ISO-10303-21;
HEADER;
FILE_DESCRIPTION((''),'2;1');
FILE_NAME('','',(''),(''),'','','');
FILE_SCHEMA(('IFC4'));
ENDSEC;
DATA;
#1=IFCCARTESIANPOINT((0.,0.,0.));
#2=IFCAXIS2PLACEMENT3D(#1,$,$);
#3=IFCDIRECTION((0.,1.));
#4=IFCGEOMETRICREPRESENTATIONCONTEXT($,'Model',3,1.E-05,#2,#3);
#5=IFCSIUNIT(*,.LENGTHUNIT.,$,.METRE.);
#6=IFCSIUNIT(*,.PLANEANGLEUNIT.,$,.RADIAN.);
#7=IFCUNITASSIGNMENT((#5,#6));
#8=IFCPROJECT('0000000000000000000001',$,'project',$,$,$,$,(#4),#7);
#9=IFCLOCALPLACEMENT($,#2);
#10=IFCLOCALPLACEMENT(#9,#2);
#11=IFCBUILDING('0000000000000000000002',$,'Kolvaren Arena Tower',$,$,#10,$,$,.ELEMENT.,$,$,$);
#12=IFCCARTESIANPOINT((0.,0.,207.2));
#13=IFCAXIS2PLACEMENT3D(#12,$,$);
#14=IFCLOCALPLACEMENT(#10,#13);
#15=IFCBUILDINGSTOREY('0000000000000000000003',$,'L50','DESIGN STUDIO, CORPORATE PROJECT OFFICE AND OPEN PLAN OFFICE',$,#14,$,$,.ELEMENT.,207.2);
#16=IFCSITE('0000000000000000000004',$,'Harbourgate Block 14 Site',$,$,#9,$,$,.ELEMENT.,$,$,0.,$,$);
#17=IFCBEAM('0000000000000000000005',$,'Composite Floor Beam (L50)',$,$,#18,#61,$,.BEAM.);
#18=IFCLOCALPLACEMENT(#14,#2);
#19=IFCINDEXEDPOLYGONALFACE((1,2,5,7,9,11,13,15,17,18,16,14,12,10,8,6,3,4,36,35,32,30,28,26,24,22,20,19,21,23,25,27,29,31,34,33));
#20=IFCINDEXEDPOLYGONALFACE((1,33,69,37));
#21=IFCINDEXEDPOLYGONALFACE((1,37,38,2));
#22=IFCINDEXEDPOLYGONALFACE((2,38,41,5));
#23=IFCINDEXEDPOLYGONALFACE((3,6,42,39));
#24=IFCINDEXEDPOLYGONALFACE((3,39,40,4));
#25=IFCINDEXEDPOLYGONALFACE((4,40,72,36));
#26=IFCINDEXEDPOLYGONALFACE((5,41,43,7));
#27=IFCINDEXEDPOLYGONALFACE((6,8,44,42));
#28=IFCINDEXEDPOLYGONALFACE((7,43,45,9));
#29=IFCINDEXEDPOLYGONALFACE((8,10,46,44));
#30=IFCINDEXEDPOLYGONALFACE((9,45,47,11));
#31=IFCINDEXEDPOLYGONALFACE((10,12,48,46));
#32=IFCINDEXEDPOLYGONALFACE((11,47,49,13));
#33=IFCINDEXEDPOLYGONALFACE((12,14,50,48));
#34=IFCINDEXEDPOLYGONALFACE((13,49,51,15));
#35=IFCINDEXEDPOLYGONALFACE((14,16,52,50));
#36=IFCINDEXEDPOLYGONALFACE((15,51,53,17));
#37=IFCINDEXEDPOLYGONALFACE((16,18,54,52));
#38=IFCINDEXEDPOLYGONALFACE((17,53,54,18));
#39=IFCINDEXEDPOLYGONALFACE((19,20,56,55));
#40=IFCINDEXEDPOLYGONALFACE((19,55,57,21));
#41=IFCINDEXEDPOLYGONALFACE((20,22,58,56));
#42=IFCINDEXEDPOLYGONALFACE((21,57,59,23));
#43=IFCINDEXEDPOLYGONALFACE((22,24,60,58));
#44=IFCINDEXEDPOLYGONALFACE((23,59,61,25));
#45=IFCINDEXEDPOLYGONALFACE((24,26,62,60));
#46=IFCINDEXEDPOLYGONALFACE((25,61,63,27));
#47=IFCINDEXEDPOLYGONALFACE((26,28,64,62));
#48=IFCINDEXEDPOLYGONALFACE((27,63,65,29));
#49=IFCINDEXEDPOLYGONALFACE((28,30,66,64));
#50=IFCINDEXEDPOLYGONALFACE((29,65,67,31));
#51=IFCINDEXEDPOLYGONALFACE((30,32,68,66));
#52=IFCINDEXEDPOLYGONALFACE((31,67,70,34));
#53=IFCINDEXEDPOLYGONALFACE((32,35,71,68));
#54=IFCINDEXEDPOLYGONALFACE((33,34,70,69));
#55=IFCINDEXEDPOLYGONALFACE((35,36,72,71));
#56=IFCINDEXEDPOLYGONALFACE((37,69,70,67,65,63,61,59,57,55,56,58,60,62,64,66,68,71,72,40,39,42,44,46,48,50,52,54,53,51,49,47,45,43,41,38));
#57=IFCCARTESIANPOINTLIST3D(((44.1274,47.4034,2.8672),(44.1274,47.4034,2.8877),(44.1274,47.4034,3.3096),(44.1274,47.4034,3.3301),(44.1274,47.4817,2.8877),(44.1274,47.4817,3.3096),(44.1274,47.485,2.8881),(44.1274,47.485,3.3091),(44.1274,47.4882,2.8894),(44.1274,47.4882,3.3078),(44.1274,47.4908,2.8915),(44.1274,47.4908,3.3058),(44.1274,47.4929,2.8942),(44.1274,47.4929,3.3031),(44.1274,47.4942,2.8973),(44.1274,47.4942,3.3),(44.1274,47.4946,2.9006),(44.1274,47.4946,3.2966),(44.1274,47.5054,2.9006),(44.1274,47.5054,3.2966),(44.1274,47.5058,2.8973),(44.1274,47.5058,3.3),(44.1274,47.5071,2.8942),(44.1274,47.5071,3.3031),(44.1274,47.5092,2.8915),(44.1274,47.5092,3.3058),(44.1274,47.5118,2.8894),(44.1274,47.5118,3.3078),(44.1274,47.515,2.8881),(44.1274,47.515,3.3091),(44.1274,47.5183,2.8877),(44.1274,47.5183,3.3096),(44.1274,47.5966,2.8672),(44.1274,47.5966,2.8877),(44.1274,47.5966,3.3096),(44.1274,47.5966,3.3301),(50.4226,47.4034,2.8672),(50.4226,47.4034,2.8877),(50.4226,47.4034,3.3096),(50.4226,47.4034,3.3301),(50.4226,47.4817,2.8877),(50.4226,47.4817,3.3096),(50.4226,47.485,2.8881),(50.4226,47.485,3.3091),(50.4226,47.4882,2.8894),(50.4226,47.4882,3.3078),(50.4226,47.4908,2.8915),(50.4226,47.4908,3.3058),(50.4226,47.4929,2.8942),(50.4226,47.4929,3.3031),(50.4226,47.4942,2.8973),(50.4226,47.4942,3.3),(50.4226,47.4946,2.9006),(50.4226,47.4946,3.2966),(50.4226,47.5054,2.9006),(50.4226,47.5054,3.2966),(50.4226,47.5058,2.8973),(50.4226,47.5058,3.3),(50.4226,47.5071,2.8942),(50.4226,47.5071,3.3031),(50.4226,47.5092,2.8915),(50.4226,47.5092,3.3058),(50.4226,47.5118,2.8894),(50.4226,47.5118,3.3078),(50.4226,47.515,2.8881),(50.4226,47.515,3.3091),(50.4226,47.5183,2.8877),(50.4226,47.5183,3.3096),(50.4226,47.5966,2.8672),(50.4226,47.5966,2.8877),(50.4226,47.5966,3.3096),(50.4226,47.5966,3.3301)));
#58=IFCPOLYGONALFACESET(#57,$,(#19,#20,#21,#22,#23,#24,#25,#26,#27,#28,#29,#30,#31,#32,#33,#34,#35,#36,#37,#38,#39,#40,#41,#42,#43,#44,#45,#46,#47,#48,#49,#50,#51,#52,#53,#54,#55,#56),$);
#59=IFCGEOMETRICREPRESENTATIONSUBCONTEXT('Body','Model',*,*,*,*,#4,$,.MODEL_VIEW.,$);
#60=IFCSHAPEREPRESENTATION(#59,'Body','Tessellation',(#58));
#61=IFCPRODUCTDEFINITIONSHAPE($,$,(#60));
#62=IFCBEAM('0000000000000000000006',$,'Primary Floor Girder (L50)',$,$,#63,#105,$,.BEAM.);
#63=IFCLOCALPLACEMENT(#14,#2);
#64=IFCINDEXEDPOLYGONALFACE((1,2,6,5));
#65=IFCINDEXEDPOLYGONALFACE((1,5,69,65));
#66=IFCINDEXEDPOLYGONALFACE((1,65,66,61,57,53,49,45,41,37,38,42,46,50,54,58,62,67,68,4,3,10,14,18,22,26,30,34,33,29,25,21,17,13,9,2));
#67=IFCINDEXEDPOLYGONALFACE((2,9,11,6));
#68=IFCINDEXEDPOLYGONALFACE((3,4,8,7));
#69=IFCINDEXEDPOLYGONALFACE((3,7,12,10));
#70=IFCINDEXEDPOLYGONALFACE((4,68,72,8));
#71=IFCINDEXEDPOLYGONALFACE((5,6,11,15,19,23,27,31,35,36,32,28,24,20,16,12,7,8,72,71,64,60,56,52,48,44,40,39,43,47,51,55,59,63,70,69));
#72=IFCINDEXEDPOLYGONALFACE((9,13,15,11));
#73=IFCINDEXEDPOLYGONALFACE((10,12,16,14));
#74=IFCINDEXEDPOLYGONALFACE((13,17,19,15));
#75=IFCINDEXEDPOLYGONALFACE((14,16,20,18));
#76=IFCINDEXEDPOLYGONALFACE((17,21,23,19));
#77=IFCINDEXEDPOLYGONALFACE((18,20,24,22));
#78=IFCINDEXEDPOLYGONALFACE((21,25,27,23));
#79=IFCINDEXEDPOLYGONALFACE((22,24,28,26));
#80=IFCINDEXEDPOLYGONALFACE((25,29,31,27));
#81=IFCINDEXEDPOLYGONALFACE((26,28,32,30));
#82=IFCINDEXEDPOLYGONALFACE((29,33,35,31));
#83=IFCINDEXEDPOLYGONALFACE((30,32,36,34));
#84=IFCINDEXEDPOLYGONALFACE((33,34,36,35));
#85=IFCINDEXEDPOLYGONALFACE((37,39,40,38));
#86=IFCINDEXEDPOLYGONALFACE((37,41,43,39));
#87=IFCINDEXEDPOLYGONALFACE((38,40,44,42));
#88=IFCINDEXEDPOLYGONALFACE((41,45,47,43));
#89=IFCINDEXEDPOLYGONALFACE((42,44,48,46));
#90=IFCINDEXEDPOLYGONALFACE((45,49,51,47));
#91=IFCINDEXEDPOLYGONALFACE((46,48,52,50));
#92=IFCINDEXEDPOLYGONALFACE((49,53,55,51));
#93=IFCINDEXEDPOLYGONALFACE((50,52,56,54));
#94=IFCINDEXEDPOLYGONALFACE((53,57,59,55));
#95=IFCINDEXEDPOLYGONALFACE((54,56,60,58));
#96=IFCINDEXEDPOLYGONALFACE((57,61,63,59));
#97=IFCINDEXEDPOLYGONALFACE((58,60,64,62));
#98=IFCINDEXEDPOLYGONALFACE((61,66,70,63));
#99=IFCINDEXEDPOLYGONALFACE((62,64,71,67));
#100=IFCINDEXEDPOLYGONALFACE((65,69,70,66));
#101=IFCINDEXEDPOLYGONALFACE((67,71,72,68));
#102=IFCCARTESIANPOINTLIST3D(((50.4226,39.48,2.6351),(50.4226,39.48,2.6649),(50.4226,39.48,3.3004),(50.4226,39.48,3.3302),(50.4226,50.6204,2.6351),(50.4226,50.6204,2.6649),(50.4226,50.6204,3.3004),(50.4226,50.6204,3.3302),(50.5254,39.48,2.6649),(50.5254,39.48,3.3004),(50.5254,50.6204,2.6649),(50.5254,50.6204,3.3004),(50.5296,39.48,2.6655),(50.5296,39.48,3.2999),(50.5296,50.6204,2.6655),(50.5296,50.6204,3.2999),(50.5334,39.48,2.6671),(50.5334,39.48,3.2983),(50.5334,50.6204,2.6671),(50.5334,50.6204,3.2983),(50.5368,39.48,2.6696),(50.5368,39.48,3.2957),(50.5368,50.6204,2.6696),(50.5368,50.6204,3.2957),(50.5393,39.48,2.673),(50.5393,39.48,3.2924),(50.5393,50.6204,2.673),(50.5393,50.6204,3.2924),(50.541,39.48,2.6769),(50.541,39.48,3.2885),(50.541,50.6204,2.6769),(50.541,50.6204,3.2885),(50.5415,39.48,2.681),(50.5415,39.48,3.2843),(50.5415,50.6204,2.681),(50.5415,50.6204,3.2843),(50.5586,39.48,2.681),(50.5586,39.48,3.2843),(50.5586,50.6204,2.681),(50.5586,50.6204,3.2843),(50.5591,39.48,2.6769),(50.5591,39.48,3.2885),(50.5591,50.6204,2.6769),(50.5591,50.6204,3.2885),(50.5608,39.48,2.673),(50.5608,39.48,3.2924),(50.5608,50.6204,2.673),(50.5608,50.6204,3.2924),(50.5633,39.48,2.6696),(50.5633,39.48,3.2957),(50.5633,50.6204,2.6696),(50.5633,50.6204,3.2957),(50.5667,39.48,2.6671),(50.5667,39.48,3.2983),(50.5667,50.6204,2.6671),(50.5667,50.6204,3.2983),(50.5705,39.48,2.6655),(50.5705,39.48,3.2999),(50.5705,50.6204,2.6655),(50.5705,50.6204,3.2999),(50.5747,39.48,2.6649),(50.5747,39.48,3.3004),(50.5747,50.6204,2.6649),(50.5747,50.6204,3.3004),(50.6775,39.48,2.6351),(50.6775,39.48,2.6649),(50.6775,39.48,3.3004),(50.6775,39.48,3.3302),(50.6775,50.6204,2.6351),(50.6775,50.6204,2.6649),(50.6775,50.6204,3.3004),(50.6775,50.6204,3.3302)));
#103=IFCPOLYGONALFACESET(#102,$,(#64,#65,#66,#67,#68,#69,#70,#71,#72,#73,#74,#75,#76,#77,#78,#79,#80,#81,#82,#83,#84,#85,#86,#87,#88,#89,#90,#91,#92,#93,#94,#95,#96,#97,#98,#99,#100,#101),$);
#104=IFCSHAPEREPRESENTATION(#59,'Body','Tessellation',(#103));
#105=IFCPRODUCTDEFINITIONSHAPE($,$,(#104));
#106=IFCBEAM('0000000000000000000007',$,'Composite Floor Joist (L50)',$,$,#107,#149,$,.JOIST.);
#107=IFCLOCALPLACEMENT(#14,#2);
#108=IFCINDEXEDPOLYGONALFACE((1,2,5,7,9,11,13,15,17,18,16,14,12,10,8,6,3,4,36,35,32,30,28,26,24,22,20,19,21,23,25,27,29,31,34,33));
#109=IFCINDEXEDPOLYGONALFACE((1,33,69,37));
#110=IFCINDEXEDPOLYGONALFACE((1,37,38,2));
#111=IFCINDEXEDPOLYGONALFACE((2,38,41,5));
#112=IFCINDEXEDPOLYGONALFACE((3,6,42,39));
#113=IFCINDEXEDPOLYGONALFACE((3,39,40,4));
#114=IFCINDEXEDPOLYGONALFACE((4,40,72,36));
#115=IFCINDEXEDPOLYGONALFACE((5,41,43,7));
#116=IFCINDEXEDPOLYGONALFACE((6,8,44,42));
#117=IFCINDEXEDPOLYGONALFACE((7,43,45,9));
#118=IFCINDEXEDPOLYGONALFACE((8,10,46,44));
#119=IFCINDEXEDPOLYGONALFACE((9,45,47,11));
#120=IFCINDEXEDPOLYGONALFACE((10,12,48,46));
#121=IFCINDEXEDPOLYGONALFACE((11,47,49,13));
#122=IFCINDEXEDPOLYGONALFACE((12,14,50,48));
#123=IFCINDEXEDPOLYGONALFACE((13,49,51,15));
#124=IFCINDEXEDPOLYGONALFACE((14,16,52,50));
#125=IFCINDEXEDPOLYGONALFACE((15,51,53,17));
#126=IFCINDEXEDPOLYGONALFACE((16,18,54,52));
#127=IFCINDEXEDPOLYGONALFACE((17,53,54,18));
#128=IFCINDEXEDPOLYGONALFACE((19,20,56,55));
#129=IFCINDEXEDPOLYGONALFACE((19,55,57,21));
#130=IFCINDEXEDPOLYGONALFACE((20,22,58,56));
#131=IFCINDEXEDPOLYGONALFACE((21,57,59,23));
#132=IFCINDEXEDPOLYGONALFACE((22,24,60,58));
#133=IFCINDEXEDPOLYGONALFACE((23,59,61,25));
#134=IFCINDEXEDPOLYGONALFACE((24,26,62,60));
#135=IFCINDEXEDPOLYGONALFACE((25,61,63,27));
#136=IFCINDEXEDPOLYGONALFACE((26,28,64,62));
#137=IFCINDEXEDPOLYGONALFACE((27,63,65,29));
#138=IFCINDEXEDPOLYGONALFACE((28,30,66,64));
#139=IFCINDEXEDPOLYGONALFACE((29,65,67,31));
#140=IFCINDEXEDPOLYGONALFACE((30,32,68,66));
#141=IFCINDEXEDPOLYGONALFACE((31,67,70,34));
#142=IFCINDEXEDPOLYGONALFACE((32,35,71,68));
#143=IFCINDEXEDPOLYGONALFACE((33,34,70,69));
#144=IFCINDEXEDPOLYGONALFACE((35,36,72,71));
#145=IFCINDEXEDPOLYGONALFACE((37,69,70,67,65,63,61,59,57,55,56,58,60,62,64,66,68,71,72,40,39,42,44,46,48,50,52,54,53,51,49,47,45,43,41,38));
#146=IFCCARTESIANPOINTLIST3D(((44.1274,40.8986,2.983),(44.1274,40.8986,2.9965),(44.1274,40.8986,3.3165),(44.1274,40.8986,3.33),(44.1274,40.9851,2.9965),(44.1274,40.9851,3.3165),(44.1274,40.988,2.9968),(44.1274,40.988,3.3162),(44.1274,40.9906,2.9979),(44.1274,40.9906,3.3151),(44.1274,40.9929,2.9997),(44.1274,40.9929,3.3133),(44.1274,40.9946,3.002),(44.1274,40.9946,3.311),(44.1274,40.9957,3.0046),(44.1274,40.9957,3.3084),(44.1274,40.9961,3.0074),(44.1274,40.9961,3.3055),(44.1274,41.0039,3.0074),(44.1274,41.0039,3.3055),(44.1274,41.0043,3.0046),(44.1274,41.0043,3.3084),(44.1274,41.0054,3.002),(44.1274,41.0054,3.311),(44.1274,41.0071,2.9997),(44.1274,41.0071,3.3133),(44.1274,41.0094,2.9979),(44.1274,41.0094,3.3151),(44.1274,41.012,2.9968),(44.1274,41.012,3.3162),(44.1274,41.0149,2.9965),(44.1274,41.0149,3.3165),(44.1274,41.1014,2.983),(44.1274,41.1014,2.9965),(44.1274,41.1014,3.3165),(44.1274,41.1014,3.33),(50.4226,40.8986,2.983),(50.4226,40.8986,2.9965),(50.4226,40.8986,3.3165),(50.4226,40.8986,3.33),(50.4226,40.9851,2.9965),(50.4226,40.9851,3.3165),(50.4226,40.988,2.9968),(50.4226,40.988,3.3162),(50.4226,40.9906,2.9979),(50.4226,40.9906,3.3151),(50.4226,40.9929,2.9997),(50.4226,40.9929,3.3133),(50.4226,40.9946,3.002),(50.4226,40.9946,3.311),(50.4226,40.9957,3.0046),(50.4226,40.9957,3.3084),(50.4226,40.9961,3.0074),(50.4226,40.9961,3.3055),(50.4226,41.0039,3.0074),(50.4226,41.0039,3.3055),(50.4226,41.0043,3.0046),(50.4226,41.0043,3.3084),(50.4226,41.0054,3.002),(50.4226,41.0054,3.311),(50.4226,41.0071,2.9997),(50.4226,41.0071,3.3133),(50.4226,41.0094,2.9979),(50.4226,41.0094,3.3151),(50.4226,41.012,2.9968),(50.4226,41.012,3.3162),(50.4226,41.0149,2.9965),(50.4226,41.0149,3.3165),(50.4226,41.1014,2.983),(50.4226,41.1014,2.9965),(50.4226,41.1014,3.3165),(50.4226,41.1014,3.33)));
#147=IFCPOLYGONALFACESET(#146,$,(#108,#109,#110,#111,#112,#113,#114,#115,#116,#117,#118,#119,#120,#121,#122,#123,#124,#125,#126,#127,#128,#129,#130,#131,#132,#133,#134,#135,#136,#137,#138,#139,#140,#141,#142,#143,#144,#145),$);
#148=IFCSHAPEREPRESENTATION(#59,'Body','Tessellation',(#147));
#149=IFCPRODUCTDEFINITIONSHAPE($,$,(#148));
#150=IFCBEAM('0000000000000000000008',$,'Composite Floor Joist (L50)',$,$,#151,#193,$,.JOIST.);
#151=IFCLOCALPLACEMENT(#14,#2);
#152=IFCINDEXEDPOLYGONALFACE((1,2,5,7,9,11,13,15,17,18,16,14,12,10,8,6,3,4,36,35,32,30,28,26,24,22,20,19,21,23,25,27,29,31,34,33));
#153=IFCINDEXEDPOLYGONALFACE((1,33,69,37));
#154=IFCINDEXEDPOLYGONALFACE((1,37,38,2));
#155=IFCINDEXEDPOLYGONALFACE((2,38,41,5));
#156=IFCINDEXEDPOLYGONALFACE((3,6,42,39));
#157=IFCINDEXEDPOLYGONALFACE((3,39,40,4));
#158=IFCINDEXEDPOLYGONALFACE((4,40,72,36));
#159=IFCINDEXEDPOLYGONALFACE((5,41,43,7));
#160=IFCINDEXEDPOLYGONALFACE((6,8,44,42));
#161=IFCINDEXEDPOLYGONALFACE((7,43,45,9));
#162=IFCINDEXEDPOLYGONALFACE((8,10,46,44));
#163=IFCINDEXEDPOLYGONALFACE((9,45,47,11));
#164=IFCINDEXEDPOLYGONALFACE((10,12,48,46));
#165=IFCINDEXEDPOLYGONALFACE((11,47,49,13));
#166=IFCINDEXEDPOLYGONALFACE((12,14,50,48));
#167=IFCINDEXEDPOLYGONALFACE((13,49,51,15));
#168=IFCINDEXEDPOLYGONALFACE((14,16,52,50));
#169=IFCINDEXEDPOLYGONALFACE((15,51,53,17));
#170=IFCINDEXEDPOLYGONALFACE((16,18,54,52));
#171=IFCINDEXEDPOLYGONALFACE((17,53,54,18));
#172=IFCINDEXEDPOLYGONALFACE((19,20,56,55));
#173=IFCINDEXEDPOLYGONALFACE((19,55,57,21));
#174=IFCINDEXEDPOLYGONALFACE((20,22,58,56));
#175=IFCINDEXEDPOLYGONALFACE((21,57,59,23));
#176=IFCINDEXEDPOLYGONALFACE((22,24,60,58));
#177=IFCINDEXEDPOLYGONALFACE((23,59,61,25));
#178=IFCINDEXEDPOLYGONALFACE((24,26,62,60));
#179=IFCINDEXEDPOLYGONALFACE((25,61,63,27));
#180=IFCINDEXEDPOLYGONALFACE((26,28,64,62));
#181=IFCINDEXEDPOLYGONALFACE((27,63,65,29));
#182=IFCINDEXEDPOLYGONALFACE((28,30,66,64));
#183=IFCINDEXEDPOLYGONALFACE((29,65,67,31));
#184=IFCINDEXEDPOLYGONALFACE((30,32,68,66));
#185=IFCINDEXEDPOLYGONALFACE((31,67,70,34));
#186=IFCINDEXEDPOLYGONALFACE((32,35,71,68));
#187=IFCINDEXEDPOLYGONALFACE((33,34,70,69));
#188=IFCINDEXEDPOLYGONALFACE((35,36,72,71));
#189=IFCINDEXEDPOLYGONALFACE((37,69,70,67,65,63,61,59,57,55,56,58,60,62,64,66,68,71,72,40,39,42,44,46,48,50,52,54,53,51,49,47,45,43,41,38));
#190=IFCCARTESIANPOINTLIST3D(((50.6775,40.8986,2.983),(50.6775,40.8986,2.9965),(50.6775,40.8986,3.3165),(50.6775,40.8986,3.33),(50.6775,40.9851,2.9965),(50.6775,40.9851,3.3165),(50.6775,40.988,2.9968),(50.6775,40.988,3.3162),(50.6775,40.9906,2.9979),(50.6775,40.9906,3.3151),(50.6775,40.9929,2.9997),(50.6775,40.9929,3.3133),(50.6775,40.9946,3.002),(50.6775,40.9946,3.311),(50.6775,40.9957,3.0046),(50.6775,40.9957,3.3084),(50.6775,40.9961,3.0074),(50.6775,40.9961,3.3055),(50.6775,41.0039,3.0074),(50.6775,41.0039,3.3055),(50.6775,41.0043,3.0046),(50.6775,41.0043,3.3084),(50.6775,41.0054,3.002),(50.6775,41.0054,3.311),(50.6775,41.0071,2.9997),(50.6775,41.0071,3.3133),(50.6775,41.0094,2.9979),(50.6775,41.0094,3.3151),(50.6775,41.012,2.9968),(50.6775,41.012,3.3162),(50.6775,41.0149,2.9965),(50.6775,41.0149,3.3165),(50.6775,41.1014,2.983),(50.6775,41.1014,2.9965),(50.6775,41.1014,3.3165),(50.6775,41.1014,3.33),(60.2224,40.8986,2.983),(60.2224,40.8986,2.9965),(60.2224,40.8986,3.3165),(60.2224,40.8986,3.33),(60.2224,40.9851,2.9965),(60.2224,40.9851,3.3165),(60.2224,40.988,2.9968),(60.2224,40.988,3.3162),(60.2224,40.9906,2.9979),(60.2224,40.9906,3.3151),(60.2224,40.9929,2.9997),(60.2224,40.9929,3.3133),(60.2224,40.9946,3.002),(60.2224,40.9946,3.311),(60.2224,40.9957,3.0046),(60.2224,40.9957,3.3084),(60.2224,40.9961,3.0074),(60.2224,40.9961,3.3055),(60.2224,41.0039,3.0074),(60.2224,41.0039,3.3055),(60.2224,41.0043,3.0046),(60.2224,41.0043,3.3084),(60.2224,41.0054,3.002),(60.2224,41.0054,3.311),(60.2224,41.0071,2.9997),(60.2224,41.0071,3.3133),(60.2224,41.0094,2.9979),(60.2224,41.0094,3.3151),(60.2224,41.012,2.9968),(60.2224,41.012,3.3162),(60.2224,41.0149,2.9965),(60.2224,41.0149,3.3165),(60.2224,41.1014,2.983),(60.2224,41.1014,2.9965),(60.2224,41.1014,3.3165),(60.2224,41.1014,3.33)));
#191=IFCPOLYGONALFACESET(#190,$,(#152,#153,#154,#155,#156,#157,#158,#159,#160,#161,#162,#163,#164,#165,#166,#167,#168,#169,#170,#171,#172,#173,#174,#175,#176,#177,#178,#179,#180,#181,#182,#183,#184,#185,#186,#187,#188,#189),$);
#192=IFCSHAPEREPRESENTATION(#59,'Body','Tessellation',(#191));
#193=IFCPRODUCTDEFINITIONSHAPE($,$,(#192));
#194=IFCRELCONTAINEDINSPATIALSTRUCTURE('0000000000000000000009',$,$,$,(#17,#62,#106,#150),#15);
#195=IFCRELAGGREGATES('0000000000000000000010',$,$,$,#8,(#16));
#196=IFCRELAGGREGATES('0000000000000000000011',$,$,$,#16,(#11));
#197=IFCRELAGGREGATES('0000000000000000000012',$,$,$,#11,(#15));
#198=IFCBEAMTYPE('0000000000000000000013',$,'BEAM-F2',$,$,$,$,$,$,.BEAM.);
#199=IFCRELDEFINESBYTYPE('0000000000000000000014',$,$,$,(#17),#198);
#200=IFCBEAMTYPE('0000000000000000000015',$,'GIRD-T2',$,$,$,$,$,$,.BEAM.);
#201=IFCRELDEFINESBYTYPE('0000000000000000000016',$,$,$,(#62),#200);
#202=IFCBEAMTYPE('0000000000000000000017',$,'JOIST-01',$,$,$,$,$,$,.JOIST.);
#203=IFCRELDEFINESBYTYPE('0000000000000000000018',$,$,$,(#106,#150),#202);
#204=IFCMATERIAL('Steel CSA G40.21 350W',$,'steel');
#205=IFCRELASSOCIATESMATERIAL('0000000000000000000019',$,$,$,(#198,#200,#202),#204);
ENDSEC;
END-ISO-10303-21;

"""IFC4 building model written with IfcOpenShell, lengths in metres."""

from ifc_helpers import new_model, si_unit, direction, frame, origin, origin_2d, place, context, subcontext, project, spatial, i_section, extrude, material, material_profile, profile_set, type_object, element, save


model = new_model("IFC4")

# Units and contexts
model_context = context("Model", 3, precision=1e-05, world=origin(), true_north=direction((0.0, 1.0)))
body_context = subcontext(model_context, "Body", "Model", "MODEL_VIEW")
ifc_project = project(units=[si_unit("LENGTHUNIT", "METRE"), si_unit("PLANEANGLEUNIT", "RADIAN")], contexts=[model_context])

# Site, building, storey
site_placement = place(None, origin())
site = spatial("IfcSite", under=ifc_project, at=site_placement, Name="Harbourgate Block 14 Site", CompositionType="ELEMENT", RefElevation=0.0)
building_placement = place(site_placement, origin())
building = spatial("IfcBuilding", under=site, at=building_placement, Name="Kolvaren Arena Tower", CompositionType="ELEMENT")
storey_placement = place(building_placement, frame((0.0, 0.0, 207.2)))
storey = spatial("IfcBuildingStorey", under=building, at=storey_placement, Name="L50", Description="DESIGN STUDIO, CORPORATE PROJECT OFFICE AND OPEN PLAN OFFICE", CompositionType="ELEMENT", Elevation=207.2)

# Beams
ifc_material_1 = material(Name="Steel CSA G40.21 350W", Category="steel")
ifc_material_profile_1 = material_profile(ifc_material_1, i_section(OverallWidth=0.1931, OverallDepth=0.4629, WebThickness=0.0107, FlangeThickness=0.0205, FilletRadius=0.0129, at=origin_2d()), Name="W460x113")
ifc_profile_set_1 = profile_set([ifc_material_profile_1], Name="Steel CSA G40.21 350W")
beam_type_1 = type_object("IfcBeamType", Name="BEAM-F2", PredefinedType="BEAM", material=ifc_profile_set_1)
beam_1_placement = place(storey_placement, frame((44.1274, 47.5, 3.0986), z_axis=(1.0, 0.0, 0.0), x_axis=(0.0, 1.0, 0.0)))
element("IfcBeam", 1, at=beam_1_placement, inside=storey, type_object=beam_type_1, Name="Composite Floor Beam (L50)", PredefinedType="BEAM", context=body_context, shape_type="SweptSolid", body=[
    extrude(i_section(OverallWidth=0.1931, OverallDepth=0.4629, WebThickness=0.0107, FlangeThickness=0.0205, FilletRadius=0.0129, at=origin_2d()), origin(), (0.0, 0.0, 1.0), 6.2952),
])
ifc_material_profile_2 = material_profile(ifc_material_1, i_section(OverallWidth=0.2549, OverallDepth=0.6951, WebThickness=0.0171, FlangeThickness=0.0298, FilletRadius=0.0161, at=origin_2d()), Name="W690x217")
ifc_profile_set_2 = profile_set([ifc_material_profile_2], Name="Steel CSA G40.21 350W")
beam_type_2 = type_object("IfcBeamType", Name="GIRD-T2", PredefinedType="BEAM", material=ifc_profile_set_2)
beam_2_placement = place(storey_placement, frame((50.55, 39.48, 2.9827), z_axis=(0.0, 1.0, 0.0), x_axis=(-1.0, 0.0, 0.0)))
element("IfcBeam", 2, at=beam_2_placement, inside=storey, type_object=beam_type_2, Name="Primary Floor Girder (L50)", PredefinedType="BEAM", context=body_context, shape_type="SweptSolid", body=[
    extrude(i_section(OverallWidth=0.2549, OverallDepth=0.6951, WebThickness=0.0171, FlangeThickness=0.0298, FilletRadius=0.0161, at=origin_2d()), origin(), (0.0, 0.0, 1.0), 11.1404),
])
ifc_material_profile_3 = material_profile(ifc_material_1, i_section(OverallWidth=0.2029, OverallDepth=0.3469, WebThickness=0.0078, FlangeThickness=0.0134, FilletRadius=0.011, at=origin_2d()), Name="W360x64")
ifc_profile_set_3 = profile_set([ifc_material_profile_3], Name="Steel CSA G40.21 350W")
beam_type_3 = type_object("IfcBeamType", Name="JOIST-01", PredefinedType="JOIST", material=ifc_profile_set_3)
beam_3_placement = place(storey_placement, frame((44.1274, 41.0, 3.1565), z_axis=(1.0, 0.0, 0.0), x_axis=(0.0, 1.0, 0.0)))
element("IfcBeam", 3, at=beam_3_placement, inside=storey, type_object=beam_type_3, Name="Composite Floor Joist (L50)", PredefinedType="JOIST", context=body_context, shape_type="SweptSolid", body=[
    extrude(i_section(OverallWidth=0.2029, OverallDepth=0.3469, WebThickness=0.0078, FlangeThickness=0.0134, FilletRadius=0.011, at=origin_2d()), origin(), (0.0, 0.0, 1.0), 6.2952),
])
beam_4_placement = place(storey_placement, frame((50.6775, 41.0, 3.1565), z_axis=(1.0, 0.0, 0.0), x_axis=(0.0, 1.0, 0.0)))
element("IfcBeam", 4, at=beam_4_placement, inside=storey, type_object=beam_type_3, Name="Composite Floor Joist (L50)", PredefinedType="JOIST", context=body_context, shape_type="SweptSolid", body=[
    extrude(i_section(OverallWidth=0.2029, OverallDepth=0.3469, WebThickness=0.0078, FlangeThickness=0.0134, FilletRadius=0.011, at=origin_2d()), origin(), (0.0, 0.0, 1.0), 9.5449),
])

save(model, "model.ifc")
